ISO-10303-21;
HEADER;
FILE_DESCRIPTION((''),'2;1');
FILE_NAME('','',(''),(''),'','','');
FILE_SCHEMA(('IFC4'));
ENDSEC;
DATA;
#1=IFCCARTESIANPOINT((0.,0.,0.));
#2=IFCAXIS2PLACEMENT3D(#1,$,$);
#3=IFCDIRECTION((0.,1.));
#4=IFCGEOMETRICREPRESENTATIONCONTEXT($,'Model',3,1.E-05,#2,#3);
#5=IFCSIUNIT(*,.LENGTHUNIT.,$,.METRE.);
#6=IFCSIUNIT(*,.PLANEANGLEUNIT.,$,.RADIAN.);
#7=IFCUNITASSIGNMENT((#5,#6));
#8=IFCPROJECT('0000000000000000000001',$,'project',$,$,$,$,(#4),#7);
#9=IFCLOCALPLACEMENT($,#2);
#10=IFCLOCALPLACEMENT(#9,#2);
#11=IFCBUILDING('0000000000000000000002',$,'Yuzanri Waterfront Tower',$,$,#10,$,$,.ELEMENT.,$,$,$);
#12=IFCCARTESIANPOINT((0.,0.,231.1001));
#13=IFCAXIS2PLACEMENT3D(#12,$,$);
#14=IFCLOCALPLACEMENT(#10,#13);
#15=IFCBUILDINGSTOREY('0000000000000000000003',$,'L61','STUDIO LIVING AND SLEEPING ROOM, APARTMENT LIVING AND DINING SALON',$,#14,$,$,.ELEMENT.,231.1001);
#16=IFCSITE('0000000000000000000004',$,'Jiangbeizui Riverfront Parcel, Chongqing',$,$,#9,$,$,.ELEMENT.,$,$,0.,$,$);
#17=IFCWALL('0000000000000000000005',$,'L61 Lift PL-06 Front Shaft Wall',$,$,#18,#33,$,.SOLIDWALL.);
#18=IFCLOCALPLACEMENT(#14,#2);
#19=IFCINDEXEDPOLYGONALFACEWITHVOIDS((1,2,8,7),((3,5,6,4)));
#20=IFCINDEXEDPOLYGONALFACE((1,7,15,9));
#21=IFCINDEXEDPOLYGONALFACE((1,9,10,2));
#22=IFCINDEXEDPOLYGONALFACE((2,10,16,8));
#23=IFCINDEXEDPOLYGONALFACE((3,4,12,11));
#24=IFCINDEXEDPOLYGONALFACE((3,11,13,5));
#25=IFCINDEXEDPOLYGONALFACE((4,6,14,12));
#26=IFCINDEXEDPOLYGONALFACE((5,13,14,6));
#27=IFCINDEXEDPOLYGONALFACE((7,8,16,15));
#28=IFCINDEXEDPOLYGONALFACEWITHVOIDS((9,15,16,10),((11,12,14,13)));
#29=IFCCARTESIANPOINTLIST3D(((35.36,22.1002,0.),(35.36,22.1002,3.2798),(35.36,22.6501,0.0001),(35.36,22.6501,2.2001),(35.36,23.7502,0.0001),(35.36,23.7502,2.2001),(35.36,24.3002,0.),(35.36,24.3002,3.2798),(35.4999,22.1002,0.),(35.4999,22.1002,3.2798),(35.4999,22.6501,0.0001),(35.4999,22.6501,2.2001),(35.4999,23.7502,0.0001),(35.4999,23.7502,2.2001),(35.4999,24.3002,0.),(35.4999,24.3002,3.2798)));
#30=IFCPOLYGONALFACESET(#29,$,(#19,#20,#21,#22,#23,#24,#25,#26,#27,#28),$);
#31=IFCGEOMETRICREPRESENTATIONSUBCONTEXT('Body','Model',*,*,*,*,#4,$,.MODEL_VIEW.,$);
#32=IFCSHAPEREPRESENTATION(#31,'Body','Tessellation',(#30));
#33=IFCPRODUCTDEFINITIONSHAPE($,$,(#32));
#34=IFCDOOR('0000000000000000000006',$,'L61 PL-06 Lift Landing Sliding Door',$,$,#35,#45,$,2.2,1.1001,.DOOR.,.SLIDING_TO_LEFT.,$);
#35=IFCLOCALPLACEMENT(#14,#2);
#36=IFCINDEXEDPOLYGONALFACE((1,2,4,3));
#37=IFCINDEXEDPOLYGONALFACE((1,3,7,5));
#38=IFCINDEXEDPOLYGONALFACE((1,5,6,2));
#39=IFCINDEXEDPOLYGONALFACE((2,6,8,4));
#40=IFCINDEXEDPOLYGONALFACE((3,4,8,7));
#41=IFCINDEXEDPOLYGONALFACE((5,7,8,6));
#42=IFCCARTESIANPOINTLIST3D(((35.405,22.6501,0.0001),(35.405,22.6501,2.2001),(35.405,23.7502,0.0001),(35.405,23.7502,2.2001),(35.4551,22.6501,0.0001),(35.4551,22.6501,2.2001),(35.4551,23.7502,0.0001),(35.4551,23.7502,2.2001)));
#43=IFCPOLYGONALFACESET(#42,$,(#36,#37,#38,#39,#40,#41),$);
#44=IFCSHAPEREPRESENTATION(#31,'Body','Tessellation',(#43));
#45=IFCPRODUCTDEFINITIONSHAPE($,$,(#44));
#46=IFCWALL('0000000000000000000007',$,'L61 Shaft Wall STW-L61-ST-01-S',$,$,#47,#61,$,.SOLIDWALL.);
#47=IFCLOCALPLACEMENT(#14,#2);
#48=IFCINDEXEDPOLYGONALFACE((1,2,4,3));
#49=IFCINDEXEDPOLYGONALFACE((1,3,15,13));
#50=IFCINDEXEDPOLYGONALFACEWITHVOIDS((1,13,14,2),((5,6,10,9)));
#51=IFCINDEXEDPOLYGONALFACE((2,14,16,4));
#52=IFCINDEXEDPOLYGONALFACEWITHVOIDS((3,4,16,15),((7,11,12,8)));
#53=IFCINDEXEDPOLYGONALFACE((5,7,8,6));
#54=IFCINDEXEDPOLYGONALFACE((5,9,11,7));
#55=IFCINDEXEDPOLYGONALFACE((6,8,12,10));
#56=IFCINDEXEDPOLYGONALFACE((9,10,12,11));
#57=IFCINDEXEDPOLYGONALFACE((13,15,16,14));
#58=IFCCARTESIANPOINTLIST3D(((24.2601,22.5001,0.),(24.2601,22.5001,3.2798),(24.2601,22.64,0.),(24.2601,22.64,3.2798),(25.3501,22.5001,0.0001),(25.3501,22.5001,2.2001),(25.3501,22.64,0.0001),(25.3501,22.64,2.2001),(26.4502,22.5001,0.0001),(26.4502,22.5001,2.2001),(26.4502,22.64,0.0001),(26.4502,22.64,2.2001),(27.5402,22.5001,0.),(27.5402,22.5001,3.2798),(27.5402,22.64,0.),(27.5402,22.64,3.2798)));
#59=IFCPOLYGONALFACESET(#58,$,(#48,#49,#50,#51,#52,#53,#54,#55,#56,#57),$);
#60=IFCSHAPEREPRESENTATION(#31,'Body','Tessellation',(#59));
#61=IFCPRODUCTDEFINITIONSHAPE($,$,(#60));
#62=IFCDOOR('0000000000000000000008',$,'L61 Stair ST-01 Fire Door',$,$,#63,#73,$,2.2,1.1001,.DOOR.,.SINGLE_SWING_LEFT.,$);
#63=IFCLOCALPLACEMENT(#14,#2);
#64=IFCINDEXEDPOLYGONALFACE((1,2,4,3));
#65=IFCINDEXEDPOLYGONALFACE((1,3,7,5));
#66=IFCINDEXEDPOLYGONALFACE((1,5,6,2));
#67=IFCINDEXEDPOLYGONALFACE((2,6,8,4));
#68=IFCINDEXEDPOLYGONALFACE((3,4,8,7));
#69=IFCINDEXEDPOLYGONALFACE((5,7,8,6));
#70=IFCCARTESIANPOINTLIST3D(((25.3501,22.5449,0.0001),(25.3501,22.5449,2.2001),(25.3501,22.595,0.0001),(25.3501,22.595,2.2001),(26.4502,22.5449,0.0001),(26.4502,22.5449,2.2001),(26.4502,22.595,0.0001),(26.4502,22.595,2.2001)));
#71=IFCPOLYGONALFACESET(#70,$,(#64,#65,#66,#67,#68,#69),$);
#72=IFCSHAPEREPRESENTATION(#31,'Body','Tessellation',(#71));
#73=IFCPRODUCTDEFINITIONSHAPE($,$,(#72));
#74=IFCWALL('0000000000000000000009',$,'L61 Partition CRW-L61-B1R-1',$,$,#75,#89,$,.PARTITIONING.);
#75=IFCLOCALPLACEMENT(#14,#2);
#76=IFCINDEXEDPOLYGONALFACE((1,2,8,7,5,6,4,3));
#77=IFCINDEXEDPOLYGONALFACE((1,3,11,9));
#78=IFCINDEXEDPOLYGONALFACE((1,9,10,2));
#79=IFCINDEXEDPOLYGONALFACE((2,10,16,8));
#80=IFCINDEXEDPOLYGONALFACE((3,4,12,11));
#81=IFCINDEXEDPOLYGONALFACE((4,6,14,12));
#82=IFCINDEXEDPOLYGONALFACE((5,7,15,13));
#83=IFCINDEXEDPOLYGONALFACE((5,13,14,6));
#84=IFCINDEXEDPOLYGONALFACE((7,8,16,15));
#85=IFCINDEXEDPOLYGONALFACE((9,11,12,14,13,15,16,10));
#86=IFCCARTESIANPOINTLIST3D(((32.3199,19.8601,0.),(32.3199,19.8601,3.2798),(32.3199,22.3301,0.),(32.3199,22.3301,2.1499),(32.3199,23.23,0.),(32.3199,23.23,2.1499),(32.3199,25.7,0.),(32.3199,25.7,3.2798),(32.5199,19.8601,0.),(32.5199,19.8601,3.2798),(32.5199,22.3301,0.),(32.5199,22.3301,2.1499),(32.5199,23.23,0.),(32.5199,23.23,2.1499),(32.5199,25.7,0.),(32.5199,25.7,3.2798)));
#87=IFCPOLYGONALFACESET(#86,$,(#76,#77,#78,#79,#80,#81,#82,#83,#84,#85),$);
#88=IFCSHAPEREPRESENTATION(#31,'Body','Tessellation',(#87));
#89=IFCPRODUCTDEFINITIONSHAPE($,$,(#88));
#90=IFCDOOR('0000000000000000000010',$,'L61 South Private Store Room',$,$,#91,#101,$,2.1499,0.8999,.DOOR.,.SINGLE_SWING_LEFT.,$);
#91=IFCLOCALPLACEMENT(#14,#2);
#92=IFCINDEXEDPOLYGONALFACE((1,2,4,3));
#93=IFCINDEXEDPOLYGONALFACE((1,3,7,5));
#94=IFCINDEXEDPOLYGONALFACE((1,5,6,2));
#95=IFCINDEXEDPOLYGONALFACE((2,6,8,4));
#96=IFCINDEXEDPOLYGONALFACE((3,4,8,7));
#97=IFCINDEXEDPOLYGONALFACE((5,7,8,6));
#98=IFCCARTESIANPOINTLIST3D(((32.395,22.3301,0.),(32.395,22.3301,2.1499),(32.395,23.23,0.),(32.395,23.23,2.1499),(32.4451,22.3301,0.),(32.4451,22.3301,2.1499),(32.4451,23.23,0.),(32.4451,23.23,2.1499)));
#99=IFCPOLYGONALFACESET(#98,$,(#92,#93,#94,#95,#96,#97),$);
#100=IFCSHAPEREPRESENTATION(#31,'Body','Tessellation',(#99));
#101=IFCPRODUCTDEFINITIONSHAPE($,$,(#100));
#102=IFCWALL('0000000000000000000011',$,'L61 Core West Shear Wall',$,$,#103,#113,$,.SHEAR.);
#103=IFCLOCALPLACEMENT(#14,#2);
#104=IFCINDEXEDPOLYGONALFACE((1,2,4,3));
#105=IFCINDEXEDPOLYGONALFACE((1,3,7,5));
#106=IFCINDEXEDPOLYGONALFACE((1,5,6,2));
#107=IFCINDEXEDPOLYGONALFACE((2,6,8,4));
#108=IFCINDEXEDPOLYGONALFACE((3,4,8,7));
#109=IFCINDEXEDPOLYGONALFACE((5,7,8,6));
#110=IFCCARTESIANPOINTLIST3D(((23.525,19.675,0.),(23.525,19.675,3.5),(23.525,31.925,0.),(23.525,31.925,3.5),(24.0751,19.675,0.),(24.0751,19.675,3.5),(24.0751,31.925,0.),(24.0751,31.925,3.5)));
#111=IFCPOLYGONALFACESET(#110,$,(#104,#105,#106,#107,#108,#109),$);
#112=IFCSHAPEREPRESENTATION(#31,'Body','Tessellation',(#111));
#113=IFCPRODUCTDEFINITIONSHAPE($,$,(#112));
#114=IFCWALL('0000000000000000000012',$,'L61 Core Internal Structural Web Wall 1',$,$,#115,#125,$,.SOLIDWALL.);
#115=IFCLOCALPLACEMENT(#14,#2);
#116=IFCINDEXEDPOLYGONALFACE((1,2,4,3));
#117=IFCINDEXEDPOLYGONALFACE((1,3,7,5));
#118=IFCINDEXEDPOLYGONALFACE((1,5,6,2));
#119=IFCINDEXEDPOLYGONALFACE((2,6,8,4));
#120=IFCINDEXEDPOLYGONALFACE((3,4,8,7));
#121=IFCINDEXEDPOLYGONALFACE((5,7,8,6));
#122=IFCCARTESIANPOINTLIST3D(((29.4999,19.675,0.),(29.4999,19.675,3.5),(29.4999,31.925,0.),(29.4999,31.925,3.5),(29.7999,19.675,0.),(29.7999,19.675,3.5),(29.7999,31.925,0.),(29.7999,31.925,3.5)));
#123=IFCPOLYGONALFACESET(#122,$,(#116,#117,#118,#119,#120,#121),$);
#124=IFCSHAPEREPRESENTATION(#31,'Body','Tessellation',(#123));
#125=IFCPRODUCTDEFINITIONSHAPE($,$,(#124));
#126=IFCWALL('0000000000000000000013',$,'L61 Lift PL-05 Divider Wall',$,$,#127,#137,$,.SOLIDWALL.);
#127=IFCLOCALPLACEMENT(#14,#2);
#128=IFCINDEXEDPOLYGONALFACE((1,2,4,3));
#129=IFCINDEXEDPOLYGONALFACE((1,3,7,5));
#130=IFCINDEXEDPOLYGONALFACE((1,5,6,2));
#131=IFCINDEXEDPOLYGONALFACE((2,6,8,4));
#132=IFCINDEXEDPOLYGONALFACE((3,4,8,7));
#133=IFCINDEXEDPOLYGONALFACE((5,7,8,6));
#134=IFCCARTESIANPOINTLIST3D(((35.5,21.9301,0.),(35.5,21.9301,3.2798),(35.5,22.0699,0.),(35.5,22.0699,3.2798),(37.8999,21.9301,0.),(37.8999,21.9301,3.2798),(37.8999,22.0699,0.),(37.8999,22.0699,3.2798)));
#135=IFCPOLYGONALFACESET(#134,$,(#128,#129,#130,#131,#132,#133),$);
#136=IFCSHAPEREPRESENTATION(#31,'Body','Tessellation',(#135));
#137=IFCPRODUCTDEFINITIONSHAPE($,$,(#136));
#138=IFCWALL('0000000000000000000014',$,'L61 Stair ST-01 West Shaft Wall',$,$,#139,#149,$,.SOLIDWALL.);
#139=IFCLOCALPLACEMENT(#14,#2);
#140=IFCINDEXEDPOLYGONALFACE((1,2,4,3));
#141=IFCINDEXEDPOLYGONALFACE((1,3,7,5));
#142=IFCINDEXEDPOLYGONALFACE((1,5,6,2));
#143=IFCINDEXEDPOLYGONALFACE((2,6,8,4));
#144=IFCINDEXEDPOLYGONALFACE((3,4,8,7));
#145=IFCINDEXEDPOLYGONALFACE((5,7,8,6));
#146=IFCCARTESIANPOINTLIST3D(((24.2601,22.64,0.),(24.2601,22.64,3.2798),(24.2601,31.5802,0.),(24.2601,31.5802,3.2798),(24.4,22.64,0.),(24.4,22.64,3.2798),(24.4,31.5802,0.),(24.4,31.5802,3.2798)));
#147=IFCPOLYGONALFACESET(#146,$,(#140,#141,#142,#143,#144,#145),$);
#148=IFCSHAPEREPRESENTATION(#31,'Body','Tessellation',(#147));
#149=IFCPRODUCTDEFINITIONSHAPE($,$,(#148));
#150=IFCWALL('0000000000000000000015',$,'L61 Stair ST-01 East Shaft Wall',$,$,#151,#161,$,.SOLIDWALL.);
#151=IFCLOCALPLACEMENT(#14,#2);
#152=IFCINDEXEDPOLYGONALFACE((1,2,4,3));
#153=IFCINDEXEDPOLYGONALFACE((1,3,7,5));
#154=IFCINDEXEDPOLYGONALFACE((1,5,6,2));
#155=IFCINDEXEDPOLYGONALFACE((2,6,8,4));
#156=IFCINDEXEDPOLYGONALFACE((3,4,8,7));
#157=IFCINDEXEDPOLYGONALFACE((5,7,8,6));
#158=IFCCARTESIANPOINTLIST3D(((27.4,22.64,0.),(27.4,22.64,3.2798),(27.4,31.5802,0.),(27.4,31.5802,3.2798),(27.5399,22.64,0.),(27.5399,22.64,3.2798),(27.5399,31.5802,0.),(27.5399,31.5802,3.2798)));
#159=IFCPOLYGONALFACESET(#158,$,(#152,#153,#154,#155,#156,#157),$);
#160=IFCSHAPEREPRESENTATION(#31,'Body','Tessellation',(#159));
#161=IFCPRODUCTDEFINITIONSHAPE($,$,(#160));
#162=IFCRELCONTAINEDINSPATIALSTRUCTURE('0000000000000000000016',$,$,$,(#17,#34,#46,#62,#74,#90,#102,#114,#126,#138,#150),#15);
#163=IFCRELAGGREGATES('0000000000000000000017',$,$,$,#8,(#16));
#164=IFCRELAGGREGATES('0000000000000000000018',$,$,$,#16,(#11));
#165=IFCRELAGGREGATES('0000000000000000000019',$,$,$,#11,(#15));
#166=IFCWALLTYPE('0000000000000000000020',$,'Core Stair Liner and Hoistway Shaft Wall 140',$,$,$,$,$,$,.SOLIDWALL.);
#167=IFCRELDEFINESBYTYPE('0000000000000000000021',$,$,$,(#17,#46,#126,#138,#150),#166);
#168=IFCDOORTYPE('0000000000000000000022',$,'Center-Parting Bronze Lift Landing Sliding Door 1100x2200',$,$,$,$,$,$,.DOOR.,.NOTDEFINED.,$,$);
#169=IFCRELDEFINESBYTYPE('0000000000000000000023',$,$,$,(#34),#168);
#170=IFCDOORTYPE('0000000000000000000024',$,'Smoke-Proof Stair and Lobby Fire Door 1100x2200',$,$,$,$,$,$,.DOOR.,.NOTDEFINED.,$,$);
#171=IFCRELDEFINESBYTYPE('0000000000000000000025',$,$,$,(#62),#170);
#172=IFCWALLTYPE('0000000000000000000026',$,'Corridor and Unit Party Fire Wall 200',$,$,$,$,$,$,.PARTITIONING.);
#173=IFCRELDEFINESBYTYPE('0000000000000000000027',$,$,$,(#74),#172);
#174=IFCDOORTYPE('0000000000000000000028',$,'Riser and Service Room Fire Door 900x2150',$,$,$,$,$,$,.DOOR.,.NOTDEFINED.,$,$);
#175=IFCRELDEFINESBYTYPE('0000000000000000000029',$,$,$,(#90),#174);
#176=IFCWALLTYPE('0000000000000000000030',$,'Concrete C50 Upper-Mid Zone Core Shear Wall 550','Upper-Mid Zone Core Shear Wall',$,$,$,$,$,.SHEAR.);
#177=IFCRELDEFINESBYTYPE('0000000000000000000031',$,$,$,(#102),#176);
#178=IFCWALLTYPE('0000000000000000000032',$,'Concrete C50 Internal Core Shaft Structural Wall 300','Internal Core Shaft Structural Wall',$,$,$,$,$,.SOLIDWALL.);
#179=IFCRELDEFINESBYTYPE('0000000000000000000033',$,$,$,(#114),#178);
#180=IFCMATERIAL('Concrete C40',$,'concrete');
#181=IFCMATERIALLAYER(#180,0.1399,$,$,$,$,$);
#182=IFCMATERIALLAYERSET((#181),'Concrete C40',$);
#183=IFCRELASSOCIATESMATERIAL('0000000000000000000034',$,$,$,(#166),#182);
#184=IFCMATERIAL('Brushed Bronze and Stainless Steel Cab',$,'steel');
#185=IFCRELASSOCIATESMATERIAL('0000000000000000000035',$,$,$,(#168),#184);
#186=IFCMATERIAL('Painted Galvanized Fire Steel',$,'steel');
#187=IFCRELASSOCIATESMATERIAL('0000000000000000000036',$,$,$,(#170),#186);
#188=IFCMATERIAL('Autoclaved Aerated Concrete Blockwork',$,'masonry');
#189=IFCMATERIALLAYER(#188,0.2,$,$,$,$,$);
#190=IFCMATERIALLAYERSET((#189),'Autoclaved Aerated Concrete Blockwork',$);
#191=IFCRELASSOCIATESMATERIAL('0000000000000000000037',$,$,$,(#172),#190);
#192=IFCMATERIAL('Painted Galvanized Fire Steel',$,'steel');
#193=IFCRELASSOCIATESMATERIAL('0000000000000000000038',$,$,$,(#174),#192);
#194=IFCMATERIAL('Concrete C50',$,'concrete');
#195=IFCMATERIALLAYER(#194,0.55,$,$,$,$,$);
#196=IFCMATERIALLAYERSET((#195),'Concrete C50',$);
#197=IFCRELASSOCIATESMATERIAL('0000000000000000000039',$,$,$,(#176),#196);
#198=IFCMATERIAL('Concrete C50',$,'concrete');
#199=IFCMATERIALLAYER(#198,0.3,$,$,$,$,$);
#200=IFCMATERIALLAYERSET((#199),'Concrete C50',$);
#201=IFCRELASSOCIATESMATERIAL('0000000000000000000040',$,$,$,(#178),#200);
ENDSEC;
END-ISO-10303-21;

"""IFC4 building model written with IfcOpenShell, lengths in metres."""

from ifc_helpers import new_model, si_unit, direction, frame, frame_2d, origin, place, context, subcontext, project, spatial, rectangle, extrude, source, transform, mapped, material, layer, layer_set, type_object, element, fill, save


model = new_model("IFC4")

# Units and contexts
model_context = context("Model", 3, precision=1e-05, world=origin(), true_north=direction((0.0, 1.0)))
body_context = subcontext(model_context, "Body", "Model", "MODEL_VIEW")
ifc_project = project(units=[si_unit("LENGTHUNIT", "METRE"), si_unit("PLANEANGLEUNIT", "RADIAN")], contexts=[model_context])

# Site, building, storey
site_placement = place(None, origin())
site = spatial("IfcSite", under=ifc_project, at=site_placement, Name="Jiangbeizui Riverfront Parcel, Chongqing", CompositionType="ELEMENT", RefElevation=0.0)
building_placement = place(site_placement, origin())
building = spatial("IfcBuilding", under=site, at=building_placement, Name="Yuzanri Waterfront Tower", CompositionType="ELEMENT")
storey_placement = place(building_placement, frame((0.0, 0.0, 231.1001)))
storey = spatial("IfcBuildingStorey", under=building, at=storey_placement, Name="L61", Description="STUDIO LIVING AND SLEEPING ROOM, APARTMENT LIVING AND DINING SALON", CompositionType="ELEMENT", Elevation=231.1001)

# Walls, openings, doors
ifc_material_1 = material(Name="Concrete C40", Category="concrete")
ifc_layer_1 = layer(ifc_material_1, 0.1399)
ifc_layer_set_1 = layer_set([ifc_layer_1], Name="Concrete C40")
wall_type_1 = type_object("IfcWallType", Name="Core Stair Liner and Hoistway Shaft Wall 140", PredefinedType="SOLIDWALL", material=ifc_layer_set_1)
ifc_material_2 = material(Name="Brushed Bronze and Stainless Steel Cab", Category="steel")
door_type_1 = type_object("IfcDoorType", Name="Center-Parting Bronze Lift Landing Sliding Door 1100x2200", OperationType="NOTDEFINED", PredefinedType="DOOR", material=ifc_material_2)
shared_shape_1 = source(origin(), body_context, "Body", "SweptSolid", [
    extrude(rectangle(XDim=1.1001, YDim=2.2, at=frame_2d((0.55, 1.1001))), frame((0.0, 0.0249, 0.0), z_axis=(0.0, -1.0, 0.0), x_axis=(1.0, 0.0, 0.0)), (0.0, 0.0, 1.0), 0.05),
])
wall_1_placement = place(storey_placement, frame((35.4299, 22.1001, 0.0), z_axis=(0.0, 0.0, 1.0), x_axis=(0.0, 1.0, 0.0)))
wall_1 = element("IfcWall", 1, at=wall_1_placement, inside=storey, type_object=wall_type_1, Name="L61 Lift PL-06 Front Shaft Wall", PredefinedType="SOLIDWALL", context=body_context, shape_type="SweptSolid", body=[
    extrude(rectangle(XDim=2.2, YDim=0.1399, at=frame_2d((1.1001, 0.0))), origin(), (0.0, 0.0, 1.0), 3.2798),
])
opening_1_placement = place(wall_1_placement, frame((0.55, 0.0, 0.0)))
opening_1 = element("IfcOpeningElement", 2, at=opening_1_placement, cuts=wall_1, PredefinedType="OPENING", context=body_context, shape_type="SweptSolid", body=[
    extrude(rectangle(XDim=1.1001, YDim=2.2, at=frame_2d((0.55, 1.1001))), frame((0.0, 0.085, 0.0), z_axis=(0.0, -1.0, 0.0), x_axis=(1.0, 0.0, 0.0)), (0.0, 0.0, 1.0), 0.1697),
])
door_1_placement = place(opening_1_placement, origin())
door_1 = element("IfcDoor", 3, at=door_1_placement, inside=storey, type_object=door_type_1, Name="L61 PL-06 Lift Landing Sliding Door", OperationType="SLIDING_TO_LEFT", OverallHeight=2.2, OverallWidth=1.1001, PredefinedType="DOOR", context=body_context, shape_type="MappedRepresentation", body=[
    mapped(shared_shape_1, transform((0.0, 0.0, 0.0), scale=1.0)),
])
fill(opening_1, door_1)
wall_2_placement = place(storey_placement, frame((24.26, 22.5701, 0.0), z_axis=(0.0, 0.0, 1.0), x_axis=(1.0, 0.0, 0.0)))
wall_2 = element("IfcWall", 4, at=wall_2_placement, inside=storey, type_object=wall_type_1, Name="L61 Shaft Wall STW-L61-ST-01-S", PredefinedType="SOLIDWALL", context=body_context, shape_type="SweptSolid", body=[
    extrude(rectangle(XDim=3.28, YDim=0.1399, at=frame_2d((1.6401, 0.0))), origin(), (0.0, 0.0, 1.0), 3.2798),
])
opening_2_placement = place(wall_2_placement, frame((1.0901, 0.0, 0.0)))
opening_2 = element("IfcOpeningElement", 5, at=opening_2_placement, cuts=wall_2, PredefinedType="OPENING", context=body_context, shape_type="SweptSolid", body=[
    extrude(rectangle(XDim=1.1001, YDim=2.2, at=frame_2d((0.55, 1.1001))), frame((0.0, 0.085, 0.0), z_axis=(0.0, -1.0, 0.0), x_axis=(1.0, 0.0, 0.0)), (0.0, 0.0, 1.0), 0.1697),
])
ifc_material_3 = material(Name="Painted Galvanized Fire Steel", Category="steel")
door_type_2 = type_object("IfcDoorType", Name="Smoke-Proof Stair and Lobby Fire Door 1100x2200", OperationType="NOTDEFINED", PredefinedType="DOOR", material=ifc_material_3)
shared_shape_2 = source(origin(), body_context, "Body", "SweptSolid", [
    extrude(rectangle(XDim=1.1001, YDim=2.2, at=frame_2d((0.55, 1.1001))), frame((0.0, 0.0249, 0.0), z_axis=(0.0, -1.0, 0.0), x_axis=(1.0, 0.0, 0.0)), (0.0, 0.0, 1.0), 0.05),
])
door_2_placement = place(opening_2_placement, origin())
door_2 = element("IfcDoor", 6, at=door_2_placement, inside=storey, type_object=door_type_2, Name="L61 Stair ST-01 Fire Door", OperationType="SINGLE_SWING_LEFT", OverallHeight=2.2, OverallWidth=1.1001, PredefinedType="DOOR", context=body_context, shape_type="MappedRepresentation", body=[
    mapped(shared_shape_2, transform((0.0, 0.0, 0.0), scale=1.0)),
])
fill(opening_2, door_2)
ifc_material_4 = material(Name="Autoclaved Aerated Concrete Blockwork", Category="masonry")
ifc_layer_2 = layer(ifc_material_4, 0.2)
ifc_layer_set_2 = layer_set([ifc_layer_2], Name="Autoclaved Aerated Concrete Blockwork")
wall_type_2 = type_object("IfcWallType", Name="Corridor and Unit Party Fire Wall 200", PredefinedType="PARTITIONING", material=ifc_layer_set_2)
wall_3_placement = place(storey_placement, frame((32.4199, 19.8601, 0.0), z_axis=(0.0, 0.0, 1.0), x_axis=(0.0, 1.0, 0.0)))
wall_3 = element("IfcWall", 7, at=wall_3_placement, inside=storey, type_object=wall_type_2, Name="L61 Partition CRW-L61-B1R-1", PredefinedType="PARTITIONING", context=body_context, shape_type="SweptSolid", body=[
    extrude(rectangle(XDim=5.8398, YDim=0.2, at=frame_2d((2.9199, 0.0))), origin(), (0.0, 0.0, 1.0), 3.2798),
])
opening_3_placement = place(wall_3_placement, frame((2.47, 0.0, 0.0)))
opening_3 = element("IfcOpeningElement", 8, at=opening_3_placement, cuts=wall_3, PredefinedType="OPENING", context=body_context, shape_type="SweptSolid", body=[
    extrude(rectangle(XDim=0.8999, YDim=2.1499, at=frame_2d((0.45, 1.075))), frame((0.0, 0.1147, 0.0), z_axis=(0.0, -1.0, 0.0), x_axis=(1.0, 0.0, 0.0)), (0.0, 0.0, 1.0), 0.2297),
])
ifc_material_5 = material(Name="Painted Galvanized Fire Steel", Category="steel")
door_type_3 = type_object("IfcDoorType", Name="Riser and Service Room Fire Door 900x2150", OperationType="NOTDEFINED", PredefinedType="DOOR", material=ifc_material_5)
shared_shape_3 = source(origin(), body_context, "Body", "SweptSolid", [
    extrude(rectangle(XDim=0.8999, YDim=2.1499, at=frame_2d((0.45, 1.075))), frame((0.0, 0.0249, 0.0), z_axis=(0.0, -1.0, 0.0), x_axis=(1.0, 0.0, 0.0)), (0.0, 0.0, 1.0), 0.05),
])
door_3_placement = place(opening_3_placement, origin())
door_3 = element("IfcDoor", 9, at=door_3_placement, inside=storey, type_object=door_type_3, Name="L61 South Private Store Room", OperationType="SINGLE_SWING_LEFT", OverallHeight=2.1499, OverallWidth=0.8999, PredefinedType="DOOR", context=body_context, shape_type="MappedRepresentation", body=[
    mapped(shared_shape_3, transform((0.0, 0.0, 0.0), scale=1.0)),
])
fill(opening_3, door_3)

# Walls
ifc_material_6 = material(Name="Concrete C50", Category="concrete")
ifc_layer_3 = layer(ifc_material_6, 0.55)
ifc_layer_set_3 = layer_set([ifc_layer_3], Name="Concrete C50")
wall_type_3 = type_object("IfcWallType", Name="Concrete C50 Upper-Mid Zone Core Shear Wall 550", Description="Upper-Mid Zone Core Shear Wall", PredefinedType="SHEAR", material=ifc_layer_set_3)
shared_shape_4 = source(origin(), body_context, "Body", "SweptSolid", [
    extrude(rectangle(XDim=12.25, YDim=0.55, at=frame_2d((6.125, 0.0))), origin(), (0.0, 0.0, 1.0), 3.5),
])
wall_4_placement = place(storey_placement, frame((23.8, 19.675, 0.0), z_axis=(0.0, 0.0, 1.0), x_axis=(0.0, 1.0, 0.0)))
element("IfcWall", 10, at=wall_4_placement, inside=storey, type_object=wall_type_3, Name="L61 Core West Shear Wall", PredefinedType="SHEAR", context=body_context, shape_type="MappedRepresentation", body=[
    mapped(shared_shape_4, transform((0.0, 0.0, 0.0), scale=1.0)),
])
ifc_material_7 = material(Name="Concrete C50", Category="concrete")
ifc_layer_4 = layer(ifc_material_7, 0.3)
ifc_layer_set_4 = layer_set([ifc_layer_4], Name="Concrete C50")
wall_type_4 = type_object("IfcWallType", Name="Concrete C50 Internal Core Shaft Structural Wall 300", Description="Internal Core Shaft Structural Wall", PredefinedType="SOLIDWALL", material=ifc_layer_set_4)
shared_shape_5 = source(origin(), body_context, "Body", "SweptSolid", [
    extrude(rectangle(XDim=12.25, YDim=0.3, at=frame_2d((6.125, 0.0))), origin(), (0.0, 0.0, 1.0), 3.5),
])
wall_5_placement = place(storey_placement, frame((29.6499, 19.675, 0.0), z_axis=(0.0, 0.0, 1.0), x_axis=(0.0, 1.0, 0.0)))
element("IfcWall", 11, at=wall_5_placement, inside=storey, type_object=wall_type_4, Name="L61 Core Internal Structural Web Wall 1", PredefinedType="SOLIDWALL", context=body_context, shape_type="MappedRepresentation", body=[
    mapped(shared_shape_5, transform((0.0, 0.0, 0.0), scale=1.0)),
])
shared_shape_6 = source(origin(), body_context, "Body", "SweptSolid", [
    extrude(rectangle(XDim=2.3999, YDim=0.1399, at=frame_2d((1.2, 0.0))), origin(), (0.0, 0.0, 1.0), 3.2798),
])
wall_6_placement = place(storey_placement, frame((35.5, 22.0, 0.0), z_axis=(0.0, 0.0, 1.0), x_axis=(1.0, 0.0, 0.0)))
element("IfcWall", 12, at=wall_6_placement, inside=storey, type_object=wall_type_1, Name="L61 Lift PL-05 Divider Wall", PredefinedType="SOLIDWALL", context=body_context, shape_type="MappedRepresentation", body=[
    mapped(shared_shape_6, transform((0.0, 0.0, 0.0), scale=1.0)),
])
shared_shape_7 = source(origin(), body_context, "Body", "SweptSolid", [
    extrude(rectangle(XDim=8.9402, YDim=0.1399, at=frame_2d((4.4702, 0.0))), origin(), (0.0, 0.0, 1.0), 3.2798),
])
for number, where, z_axis, x_axis, name in (
    (13, (24.3301, 22.6399, 0.0), (0.0, 0.0, 1.0), (0.0, 1.0, 0.0), "L61 Stair ST-01 West Shaft Wall"),
    (14, (27.47, 22.6399, 0.0), (0.0, 0.0, 1.0), (0.0, 1.0, 0.0), "L61 Stair ST-01 East Shaft Wall"),
):
    element("IfcWall", number, at=place(storey_placement, frame(where, z_axis=z_axis, x_axis=x_axis)), inside=storey, type_object=wall_type_1, Name=name, PredefinedType="SOLIDWALL", context=body_context, shape_type="MappedRepresentation", body=[
        mapped(shared_shape_7, transform((0.0, 0.0, 0.0), scale=1.0)),
    ])

save(model, "model.ifc")
